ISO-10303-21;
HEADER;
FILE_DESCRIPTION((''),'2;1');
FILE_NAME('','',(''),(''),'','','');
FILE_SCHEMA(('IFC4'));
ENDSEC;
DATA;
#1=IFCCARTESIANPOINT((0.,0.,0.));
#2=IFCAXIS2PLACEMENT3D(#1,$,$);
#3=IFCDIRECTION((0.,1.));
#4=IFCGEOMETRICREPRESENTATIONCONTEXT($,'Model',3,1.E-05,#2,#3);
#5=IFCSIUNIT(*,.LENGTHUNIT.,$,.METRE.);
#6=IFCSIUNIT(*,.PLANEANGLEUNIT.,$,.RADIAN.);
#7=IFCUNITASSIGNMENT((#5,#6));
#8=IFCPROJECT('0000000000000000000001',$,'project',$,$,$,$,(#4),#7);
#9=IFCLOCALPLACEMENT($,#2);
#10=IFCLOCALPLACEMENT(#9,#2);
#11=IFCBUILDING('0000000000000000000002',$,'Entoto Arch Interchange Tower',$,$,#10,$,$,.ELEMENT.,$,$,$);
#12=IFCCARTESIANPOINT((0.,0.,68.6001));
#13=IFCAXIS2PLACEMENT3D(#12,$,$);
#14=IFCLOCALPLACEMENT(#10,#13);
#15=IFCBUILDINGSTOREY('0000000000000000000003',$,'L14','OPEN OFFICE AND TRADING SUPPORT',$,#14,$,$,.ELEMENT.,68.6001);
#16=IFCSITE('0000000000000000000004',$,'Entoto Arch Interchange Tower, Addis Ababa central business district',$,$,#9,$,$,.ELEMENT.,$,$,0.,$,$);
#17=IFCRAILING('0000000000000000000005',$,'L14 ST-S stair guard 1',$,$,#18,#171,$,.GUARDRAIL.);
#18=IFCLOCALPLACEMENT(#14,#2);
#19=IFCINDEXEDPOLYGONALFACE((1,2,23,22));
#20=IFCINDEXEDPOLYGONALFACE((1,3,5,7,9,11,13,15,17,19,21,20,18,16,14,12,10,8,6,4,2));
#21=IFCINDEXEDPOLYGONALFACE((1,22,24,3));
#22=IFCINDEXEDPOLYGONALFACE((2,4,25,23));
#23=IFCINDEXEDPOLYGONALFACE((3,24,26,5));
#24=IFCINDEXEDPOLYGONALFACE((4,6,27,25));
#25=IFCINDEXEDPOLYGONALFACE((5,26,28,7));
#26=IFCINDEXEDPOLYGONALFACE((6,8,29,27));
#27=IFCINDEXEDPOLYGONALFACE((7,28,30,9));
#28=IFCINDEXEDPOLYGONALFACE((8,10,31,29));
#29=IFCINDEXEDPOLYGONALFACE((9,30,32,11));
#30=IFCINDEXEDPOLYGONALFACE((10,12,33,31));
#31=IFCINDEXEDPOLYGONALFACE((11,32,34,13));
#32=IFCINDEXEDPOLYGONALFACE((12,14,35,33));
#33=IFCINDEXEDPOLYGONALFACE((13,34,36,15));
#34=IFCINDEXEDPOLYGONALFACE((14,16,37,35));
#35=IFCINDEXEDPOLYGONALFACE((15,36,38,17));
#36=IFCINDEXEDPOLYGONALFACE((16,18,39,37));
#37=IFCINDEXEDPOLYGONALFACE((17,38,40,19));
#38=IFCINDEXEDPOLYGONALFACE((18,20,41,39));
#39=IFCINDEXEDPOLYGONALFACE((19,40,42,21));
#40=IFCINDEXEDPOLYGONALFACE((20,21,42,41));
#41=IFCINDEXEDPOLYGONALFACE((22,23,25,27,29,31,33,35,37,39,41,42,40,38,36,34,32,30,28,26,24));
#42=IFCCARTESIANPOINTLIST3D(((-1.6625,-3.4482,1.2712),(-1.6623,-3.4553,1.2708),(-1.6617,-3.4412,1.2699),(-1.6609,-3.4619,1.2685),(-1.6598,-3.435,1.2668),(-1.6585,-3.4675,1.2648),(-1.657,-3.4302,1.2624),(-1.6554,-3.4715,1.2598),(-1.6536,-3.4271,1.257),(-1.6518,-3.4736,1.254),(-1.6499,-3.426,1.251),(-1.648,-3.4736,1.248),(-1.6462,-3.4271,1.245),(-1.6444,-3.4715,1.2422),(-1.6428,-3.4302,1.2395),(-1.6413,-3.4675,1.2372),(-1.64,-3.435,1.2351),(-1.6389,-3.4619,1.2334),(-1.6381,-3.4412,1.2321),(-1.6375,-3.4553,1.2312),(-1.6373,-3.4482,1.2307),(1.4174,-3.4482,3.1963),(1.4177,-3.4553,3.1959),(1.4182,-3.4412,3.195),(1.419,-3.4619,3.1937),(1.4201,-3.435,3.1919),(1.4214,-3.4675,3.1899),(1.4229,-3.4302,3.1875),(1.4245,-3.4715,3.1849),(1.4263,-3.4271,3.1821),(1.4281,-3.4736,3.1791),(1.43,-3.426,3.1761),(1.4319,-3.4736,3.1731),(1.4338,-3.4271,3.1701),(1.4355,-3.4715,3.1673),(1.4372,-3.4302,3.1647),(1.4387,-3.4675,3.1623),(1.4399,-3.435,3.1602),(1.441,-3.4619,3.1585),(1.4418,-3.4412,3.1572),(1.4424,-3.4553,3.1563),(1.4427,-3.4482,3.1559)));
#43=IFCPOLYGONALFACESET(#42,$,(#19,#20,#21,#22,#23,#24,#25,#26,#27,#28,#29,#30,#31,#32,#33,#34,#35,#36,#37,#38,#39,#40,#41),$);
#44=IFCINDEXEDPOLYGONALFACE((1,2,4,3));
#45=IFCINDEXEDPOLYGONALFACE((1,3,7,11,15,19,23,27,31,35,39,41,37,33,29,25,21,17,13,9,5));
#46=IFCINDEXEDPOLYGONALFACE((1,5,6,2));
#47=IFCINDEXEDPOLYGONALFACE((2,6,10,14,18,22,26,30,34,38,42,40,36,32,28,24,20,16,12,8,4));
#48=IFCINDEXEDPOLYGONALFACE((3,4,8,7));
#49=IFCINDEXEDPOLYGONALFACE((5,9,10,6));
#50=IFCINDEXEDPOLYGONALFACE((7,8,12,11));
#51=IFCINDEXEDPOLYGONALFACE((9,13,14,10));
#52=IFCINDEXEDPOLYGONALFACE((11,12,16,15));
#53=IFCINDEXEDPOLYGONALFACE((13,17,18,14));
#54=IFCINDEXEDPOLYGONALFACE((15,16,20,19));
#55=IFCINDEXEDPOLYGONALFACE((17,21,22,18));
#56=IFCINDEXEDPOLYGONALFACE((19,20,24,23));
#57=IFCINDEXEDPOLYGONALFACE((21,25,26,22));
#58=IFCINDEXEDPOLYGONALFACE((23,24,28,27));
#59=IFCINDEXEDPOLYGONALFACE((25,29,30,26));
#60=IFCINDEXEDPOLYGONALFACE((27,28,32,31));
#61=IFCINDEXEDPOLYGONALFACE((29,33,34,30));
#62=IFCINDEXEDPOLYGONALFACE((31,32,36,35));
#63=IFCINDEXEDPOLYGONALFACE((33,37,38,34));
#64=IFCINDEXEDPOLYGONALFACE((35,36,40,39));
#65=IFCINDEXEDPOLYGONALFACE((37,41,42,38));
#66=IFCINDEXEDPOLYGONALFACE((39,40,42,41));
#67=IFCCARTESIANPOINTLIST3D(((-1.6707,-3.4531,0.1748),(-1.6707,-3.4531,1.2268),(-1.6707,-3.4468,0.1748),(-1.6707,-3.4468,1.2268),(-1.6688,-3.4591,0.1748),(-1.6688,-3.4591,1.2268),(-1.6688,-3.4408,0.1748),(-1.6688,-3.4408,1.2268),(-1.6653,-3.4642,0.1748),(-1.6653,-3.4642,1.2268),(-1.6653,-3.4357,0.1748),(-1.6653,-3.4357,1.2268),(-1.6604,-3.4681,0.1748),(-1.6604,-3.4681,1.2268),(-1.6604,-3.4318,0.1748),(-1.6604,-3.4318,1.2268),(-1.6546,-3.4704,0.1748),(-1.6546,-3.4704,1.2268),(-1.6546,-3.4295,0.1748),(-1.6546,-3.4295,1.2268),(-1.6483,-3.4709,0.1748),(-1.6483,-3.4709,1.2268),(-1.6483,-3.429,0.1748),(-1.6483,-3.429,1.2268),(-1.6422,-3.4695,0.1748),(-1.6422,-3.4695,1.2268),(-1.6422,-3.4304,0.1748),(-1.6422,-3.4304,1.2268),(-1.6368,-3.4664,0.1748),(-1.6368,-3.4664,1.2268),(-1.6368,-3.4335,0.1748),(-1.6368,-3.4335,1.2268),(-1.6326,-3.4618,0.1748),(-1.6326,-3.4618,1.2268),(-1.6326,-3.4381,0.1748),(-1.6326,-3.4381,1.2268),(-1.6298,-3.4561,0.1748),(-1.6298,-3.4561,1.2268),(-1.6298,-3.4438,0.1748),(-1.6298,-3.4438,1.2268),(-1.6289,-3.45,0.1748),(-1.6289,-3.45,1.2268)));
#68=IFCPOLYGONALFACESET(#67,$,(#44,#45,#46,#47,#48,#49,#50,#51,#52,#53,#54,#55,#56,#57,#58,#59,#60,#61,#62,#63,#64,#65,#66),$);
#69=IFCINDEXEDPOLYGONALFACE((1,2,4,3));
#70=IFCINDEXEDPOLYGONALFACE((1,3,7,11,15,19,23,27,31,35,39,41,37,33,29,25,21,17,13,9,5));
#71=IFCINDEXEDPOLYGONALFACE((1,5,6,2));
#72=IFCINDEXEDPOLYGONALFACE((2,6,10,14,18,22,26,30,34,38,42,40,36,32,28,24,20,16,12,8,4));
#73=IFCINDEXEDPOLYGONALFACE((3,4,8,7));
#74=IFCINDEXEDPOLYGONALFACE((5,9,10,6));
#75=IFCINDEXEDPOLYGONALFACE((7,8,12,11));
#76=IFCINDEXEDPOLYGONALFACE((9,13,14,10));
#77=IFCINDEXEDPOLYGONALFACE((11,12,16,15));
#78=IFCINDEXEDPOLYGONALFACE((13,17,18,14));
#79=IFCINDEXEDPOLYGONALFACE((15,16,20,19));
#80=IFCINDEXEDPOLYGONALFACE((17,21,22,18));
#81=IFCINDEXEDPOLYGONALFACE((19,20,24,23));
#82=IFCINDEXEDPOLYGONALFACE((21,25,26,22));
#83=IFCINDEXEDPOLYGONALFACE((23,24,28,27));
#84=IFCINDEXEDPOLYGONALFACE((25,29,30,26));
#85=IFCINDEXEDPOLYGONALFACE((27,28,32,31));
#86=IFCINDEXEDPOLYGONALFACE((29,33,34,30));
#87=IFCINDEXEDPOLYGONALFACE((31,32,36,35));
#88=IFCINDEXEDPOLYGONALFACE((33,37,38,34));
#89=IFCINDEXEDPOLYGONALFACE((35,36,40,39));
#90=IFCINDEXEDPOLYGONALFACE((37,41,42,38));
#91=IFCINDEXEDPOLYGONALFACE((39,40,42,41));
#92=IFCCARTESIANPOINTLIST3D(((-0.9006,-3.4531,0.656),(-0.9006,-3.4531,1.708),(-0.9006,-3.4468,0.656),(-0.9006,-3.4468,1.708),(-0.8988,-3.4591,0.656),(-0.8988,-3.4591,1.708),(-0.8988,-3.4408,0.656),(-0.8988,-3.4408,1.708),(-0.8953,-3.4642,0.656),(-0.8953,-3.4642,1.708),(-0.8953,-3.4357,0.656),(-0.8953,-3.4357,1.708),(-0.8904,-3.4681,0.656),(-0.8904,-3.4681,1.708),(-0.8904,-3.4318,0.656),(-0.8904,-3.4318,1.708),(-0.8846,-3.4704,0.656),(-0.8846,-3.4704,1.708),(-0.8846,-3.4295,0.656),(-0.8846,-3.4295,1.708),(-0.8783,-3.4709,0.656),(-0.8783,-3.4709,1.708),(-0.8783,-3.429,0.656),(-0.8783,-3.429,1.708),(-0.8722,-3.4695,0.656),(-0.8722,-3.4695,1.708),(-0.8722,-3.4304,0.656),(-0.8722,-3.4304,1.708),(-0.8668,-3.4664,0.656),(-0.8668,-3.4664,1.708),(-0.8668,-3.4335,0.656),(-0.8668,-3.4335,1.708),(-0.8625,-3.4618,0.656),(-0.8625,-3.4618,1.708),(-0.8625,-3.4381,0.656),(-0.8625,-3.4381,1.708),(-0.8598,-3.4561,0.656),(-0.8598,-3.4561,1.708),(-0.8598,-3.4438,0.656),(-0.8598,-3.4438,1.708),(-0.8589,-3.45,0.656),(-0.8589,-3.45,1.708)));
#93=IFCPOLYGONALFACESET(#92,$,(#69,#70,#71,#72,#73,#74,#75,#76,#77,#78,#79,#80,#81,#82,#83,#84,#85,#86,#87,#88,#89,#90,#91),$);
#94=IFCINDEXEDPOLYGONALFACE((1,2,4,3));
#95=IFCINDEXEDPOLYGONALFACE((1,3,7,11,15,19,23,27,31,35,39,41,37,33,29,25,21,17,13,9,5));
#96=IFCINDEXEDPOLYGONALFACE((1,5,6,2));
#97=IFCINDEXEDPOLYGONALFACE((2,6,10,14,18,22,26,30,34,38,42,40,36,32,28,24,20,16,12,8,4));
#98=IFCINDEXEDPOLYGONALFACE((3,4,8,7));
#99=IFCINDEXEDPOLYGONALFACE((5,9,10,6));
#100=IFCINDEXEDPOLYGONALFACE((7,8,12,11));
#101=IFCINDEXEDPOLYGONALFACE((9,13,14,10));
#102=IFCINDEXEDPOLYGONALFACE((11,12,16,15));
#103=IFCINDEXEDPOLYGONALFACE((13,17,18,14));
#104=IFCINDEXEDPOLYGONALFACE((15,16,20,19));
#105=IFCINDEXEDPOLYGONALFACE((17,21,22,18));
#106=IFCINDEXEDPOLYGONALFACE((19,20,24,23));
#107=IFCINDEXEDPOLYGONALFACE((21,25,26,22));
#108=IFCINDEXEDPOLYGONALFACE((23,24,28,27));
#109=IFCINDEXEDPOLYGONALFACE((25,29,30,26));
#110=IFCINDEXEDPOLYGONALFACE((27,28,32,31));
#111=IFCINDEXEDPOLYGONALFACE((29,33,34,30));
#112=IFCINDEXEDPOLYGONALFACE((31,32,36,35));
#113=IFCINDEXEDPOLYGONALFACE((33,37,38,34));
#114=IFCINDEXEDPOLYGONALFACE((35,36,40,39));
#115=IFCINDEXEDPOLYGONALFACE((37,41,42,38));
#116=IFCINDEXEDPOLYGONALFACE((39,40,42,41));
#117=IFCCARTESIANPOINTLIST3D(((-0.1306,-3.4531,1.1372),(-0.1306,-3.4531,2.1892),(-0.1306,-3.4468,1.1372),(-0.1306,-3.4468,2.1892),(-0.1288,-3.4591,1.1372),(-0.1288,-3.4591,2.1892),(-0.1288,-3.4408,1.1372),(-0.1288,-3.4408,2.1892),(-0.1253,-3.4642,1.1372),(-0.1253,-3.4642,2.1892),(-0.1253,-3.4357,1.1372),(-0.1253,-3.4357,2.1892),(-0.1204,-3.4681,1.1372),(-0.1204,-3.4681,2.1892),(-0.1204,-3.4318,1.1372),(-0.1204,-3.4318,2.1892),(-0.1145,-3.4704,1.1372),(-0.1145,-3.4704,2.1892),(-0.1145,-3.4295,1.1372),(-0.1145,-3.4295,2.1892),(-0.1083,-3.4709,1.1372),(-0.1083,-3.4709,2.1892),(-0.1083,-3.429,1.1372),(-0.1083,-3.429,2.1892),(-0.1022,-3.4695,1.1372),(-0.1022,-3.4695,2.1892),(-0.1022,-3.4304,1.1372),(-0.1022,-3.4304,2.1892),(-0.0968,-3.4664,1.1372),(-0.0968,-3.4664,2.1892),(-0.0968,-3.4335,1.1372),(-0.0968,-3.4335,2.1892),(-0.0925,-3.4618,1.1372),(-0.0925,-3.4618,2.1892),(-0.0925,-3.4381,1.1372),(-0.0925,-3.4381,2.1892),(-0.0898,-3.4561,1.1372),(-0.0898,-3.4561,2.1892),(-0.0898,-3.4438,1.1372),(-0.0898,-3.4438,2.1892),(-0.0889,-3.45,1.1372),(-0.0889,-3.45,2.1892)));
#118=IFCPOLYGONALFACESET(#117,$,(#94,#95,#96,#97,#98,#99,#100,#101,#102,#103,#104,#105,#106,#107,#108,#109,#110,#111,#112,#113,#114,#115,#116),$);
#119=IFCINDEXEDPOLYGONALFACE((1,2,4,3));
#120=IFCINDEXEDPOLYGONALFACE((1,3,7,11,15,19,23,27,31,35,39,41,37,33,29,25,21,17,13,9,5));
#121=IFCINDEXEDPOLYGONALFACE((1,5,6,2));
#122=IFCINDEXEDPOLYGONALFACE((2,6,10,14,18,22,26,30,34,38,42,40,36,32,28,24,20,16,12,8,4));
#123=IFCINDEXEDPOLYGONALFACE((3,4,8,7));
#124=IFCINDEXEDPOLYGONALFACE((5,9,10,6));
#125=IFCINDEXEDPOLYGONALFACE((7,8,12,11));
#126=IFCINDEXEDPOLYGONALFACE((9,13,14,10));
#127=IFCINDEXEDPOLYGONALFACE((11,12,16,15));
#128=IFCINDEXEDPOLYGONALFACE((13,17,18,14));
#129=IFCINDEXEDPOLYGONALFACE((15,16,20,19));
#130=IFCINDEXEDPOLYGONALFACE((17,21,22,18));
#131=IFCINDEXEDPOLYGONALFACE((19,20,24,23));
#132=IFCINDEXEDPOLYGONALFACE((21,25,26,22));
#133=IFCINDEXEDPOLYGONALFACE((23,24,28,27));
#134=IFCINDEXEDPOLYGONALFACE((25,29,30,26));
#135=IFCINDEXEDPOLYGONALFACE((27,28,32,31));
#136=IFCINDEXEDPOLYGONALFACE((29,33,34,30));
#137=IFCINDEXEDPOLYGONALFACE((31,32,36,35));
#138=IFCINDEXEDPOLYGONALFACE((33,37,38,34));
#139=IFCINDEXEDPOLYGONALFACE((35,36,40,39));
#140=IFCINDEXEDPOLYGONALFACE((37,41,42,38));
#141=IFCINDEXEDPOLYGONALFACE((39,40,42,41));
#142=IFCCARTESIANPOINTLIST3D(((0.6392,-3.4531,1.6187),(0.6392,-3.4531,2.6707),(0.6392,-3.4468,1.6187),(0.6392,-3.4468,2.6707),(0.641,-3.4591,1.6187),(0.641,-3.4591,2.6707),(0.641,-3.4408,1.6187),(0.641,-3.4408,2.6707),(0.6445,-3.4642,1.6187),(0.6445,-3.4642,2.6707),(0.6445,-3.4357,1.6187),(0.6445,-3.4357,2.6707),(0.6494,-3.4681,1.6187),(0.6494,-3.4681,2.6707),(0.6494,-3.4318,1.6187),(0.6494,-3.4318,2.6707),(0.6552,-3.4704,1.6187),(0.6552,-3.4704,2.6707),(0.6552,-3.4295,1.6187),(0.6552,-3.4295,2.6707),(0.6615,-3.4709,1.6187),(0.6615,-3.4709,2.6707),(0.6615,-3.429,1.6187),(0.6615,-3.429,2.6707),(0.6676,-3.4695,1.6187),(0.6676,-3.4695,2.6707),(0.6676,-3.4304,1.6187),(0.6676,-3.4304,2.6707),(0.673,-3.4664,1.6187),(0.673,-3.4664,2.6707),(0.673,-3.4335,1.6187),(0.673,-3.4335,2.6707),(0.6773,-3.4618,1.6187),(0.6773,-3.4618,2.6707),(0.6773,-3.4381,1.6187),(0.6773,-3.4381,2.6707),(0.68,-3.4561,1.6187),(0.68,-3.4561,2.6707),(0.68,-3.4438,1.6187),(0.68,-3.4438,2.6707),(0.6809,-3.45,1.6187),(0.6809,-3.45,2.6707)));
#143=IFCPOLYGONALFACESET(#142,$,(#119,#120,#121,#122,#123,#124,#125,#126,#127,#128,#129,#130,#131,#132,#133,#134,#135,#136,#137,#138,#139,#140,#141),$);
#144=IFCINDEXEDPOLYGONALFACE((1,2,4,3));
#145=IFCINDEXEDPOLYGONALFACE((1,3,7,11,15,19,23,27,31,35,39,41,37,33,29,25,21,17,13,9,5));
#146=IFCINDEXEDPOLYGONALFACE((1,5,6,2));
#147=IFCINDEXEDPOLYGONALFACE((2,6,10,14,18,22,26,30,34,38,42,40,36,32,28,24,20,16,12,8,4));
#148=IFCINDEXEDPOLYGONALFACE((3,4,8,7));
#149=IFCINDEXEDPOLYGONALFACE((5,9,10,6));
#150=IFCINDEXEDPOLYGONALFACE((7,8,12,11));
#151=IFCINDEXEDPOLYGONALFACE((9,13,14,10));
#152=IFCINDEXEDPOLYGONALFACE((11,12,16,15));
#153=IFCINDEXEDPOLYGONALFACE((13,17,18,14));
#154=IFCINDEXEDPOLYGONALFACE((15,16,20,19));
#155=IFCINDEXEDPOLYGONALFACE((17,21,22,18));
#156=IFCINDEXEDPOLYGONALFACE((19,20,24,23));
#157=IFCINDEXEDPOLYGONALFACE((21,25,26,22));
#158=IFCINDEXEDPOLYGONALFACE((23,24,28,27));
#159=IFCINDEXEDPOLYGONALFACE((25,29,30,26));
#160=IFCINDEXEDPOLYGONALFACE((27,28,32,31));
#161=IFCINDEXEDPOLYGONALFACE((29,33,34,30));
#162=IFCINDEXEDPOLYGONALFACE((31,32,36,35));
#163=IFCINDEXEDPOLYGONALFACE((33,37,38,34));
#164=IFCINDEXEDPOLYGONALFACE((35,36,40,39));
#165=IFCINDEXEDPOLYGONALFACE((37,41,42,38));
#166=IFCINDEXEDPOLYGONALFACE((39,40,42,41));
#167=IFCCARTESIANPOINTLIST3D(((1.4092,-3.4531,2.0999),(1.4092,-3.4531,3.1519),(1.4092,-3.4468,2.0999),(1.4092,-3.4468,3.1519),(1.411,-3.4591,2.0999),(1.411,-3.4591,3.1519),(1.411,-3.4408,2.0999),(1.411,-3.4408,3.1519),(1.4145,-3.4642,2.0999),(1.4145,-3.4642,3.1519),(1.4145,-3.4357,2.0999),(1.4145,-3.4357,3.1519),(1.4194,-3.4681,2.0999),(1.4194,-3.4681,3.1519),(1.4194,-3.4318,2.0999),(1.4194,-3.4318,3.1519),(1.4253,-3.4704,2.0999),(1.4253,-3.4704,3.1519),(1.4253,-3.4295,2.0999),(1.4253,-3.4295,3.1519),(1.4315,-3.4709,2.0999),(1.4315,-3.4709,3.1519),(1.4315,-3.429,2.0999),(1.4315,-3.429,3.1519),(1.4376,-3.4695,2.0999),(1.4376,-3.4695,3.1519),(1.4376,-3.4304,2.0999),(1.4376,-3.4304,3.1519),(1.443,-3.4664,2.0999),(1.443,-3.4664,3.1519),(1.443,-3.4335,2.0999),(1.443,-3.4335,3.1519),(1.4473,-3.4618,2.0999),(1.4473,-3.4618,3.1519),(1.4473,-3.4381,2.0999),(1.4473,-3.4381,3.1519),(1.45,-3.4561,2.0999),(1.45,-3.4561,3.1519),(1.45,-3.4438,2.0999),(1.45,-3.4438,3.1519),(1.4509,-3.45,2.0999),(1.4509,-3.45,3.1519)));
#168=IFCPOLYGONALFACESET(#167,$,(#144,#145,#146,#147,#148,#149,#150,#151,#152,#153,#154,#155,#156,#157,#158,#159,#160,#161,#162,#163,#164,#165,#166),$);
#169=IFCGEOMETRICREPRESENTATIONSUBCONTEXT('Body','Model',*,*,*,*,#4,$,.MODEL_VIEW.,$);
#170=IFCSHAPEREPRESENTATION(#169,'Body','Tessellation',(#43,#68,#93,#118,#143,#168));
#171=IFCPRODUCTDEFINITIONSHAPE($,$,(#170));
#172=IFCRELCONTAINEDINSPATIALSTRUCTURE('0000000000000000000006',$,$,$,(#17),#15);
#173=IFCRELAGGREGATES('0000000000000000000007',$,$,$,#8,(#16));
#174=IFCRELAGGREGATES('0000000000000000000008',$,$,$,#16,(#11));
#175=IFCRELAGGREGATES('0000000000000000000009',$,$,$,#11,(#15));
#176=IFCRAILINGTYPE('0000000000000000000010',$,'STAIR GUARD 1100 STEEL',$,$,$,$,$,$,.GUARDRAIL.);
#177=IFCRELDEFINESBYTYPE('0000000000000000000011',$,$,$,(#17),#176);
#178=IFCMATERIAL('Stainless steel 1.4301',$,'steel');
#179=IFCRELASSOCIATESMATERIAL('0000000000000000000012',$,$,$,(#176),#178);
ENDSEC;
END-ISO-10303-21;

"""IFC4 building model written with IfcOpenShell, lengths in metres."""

from ifc_helpers import new_model, si_unit, direction, frame, origin, origin_2d, place, context, subcontext, project, spatial, circle, extrude, material, type_object, element, save


model = new_model("IFC4")

# Units and contexts
model_context = context("Model", 3, precision=1e-05, world=origin(), true_north=direction((0.0, 1.0)))
body_context = subcontext(model_context, "Body", "Model", "MODEL_VIEW")
ifc_project = project(units=[si_unit("LENGTHUNIT", "METRE"), si_unit("PLANEANGLEUNIT", "RADIAN")], contexts=[model_context])

# Site, building, storey
site_placement = place(None, origin())
site = spatial("IfcSite", under=ifc_project, at=site_placement, Name="Entoto Arch Interchange Tower, Addis Ababa central business district", CompositionType="ELEMENT", RefElevation=0.0)
building_placement = place(site_placement, origin())
building = spatial("IfcBuilding", under=site, at=building_placement, Name="Entoto Arch Interchange Tower", CompositionType="ELEMENT")
storey_placement = place(building_placement, frame((0.0, 0.0, 68.6001)))
storey = spatial("IfcBuildingStorey", under=building, at=storey_placement, Name="L14", Description="OPEN OFFICE AND TRADING SUPPORT", CompositionType="ELEMENT", Elevation=68.6001)

# Railing
ifc_material_1 = material(Name="Stainless steel 1.4301", Category="steel")
railing_type_1 = type_object("IfcRailingType", Name="STAIR GUARD 1100 STEEL", PredefinedType="GUARDRAIL", material=ifc_material_1)
railing_1_placement = place(storey_placement, frame((-1.6499, -3.45, 0.1748)))
element("IfcRailing", 1, at=railing_1_placement, inside=storey, type_object=railing_type_1, Name="L14 ST-S stair guard 1", PredefinedType="GUARDRAIL", context=body_context, shape_type="SweptSolid", body=[
    extrude(circle(Radius=0.0239, at=origin_2d()), frame((0.0, 0.0, 1.0762), z_axis=(0.847979, 0.0, 0.530029), x_axis=(0.0, 1.0, 0.0)), (0.0, 0.0, 1.0), 3.6321),
    extrude(circle(Radius=0.021, at=origin_2d()), origin(), (0.0, 0.0, 1.0), 1.052),
    extrude(circle(Radius=0.021, at=origin_2d()), frame((0.77, 0.0, 0.4812)), (0.0, 0.0, 1.0), 1.052),
    extrude(circle(Radius=0.021, at=origin_2d()), frame((1.54, 0.0, 0.9624)), (0.0, 0.0, 1.0), 1.052),
    extrude(circle(Radius=0.021, at=origin_2d()), frame((2.3098, 0.0, 1.4438)), (0.0, 0.0, 1.0), 1.052),
    extrude(circle(Radius=0.021, at=origin_2d()), frame((3.0798, 0.0, 1.925)), (0.0, 0.0, 1.0), 1.052),
])

save(model, "model.ifc")
